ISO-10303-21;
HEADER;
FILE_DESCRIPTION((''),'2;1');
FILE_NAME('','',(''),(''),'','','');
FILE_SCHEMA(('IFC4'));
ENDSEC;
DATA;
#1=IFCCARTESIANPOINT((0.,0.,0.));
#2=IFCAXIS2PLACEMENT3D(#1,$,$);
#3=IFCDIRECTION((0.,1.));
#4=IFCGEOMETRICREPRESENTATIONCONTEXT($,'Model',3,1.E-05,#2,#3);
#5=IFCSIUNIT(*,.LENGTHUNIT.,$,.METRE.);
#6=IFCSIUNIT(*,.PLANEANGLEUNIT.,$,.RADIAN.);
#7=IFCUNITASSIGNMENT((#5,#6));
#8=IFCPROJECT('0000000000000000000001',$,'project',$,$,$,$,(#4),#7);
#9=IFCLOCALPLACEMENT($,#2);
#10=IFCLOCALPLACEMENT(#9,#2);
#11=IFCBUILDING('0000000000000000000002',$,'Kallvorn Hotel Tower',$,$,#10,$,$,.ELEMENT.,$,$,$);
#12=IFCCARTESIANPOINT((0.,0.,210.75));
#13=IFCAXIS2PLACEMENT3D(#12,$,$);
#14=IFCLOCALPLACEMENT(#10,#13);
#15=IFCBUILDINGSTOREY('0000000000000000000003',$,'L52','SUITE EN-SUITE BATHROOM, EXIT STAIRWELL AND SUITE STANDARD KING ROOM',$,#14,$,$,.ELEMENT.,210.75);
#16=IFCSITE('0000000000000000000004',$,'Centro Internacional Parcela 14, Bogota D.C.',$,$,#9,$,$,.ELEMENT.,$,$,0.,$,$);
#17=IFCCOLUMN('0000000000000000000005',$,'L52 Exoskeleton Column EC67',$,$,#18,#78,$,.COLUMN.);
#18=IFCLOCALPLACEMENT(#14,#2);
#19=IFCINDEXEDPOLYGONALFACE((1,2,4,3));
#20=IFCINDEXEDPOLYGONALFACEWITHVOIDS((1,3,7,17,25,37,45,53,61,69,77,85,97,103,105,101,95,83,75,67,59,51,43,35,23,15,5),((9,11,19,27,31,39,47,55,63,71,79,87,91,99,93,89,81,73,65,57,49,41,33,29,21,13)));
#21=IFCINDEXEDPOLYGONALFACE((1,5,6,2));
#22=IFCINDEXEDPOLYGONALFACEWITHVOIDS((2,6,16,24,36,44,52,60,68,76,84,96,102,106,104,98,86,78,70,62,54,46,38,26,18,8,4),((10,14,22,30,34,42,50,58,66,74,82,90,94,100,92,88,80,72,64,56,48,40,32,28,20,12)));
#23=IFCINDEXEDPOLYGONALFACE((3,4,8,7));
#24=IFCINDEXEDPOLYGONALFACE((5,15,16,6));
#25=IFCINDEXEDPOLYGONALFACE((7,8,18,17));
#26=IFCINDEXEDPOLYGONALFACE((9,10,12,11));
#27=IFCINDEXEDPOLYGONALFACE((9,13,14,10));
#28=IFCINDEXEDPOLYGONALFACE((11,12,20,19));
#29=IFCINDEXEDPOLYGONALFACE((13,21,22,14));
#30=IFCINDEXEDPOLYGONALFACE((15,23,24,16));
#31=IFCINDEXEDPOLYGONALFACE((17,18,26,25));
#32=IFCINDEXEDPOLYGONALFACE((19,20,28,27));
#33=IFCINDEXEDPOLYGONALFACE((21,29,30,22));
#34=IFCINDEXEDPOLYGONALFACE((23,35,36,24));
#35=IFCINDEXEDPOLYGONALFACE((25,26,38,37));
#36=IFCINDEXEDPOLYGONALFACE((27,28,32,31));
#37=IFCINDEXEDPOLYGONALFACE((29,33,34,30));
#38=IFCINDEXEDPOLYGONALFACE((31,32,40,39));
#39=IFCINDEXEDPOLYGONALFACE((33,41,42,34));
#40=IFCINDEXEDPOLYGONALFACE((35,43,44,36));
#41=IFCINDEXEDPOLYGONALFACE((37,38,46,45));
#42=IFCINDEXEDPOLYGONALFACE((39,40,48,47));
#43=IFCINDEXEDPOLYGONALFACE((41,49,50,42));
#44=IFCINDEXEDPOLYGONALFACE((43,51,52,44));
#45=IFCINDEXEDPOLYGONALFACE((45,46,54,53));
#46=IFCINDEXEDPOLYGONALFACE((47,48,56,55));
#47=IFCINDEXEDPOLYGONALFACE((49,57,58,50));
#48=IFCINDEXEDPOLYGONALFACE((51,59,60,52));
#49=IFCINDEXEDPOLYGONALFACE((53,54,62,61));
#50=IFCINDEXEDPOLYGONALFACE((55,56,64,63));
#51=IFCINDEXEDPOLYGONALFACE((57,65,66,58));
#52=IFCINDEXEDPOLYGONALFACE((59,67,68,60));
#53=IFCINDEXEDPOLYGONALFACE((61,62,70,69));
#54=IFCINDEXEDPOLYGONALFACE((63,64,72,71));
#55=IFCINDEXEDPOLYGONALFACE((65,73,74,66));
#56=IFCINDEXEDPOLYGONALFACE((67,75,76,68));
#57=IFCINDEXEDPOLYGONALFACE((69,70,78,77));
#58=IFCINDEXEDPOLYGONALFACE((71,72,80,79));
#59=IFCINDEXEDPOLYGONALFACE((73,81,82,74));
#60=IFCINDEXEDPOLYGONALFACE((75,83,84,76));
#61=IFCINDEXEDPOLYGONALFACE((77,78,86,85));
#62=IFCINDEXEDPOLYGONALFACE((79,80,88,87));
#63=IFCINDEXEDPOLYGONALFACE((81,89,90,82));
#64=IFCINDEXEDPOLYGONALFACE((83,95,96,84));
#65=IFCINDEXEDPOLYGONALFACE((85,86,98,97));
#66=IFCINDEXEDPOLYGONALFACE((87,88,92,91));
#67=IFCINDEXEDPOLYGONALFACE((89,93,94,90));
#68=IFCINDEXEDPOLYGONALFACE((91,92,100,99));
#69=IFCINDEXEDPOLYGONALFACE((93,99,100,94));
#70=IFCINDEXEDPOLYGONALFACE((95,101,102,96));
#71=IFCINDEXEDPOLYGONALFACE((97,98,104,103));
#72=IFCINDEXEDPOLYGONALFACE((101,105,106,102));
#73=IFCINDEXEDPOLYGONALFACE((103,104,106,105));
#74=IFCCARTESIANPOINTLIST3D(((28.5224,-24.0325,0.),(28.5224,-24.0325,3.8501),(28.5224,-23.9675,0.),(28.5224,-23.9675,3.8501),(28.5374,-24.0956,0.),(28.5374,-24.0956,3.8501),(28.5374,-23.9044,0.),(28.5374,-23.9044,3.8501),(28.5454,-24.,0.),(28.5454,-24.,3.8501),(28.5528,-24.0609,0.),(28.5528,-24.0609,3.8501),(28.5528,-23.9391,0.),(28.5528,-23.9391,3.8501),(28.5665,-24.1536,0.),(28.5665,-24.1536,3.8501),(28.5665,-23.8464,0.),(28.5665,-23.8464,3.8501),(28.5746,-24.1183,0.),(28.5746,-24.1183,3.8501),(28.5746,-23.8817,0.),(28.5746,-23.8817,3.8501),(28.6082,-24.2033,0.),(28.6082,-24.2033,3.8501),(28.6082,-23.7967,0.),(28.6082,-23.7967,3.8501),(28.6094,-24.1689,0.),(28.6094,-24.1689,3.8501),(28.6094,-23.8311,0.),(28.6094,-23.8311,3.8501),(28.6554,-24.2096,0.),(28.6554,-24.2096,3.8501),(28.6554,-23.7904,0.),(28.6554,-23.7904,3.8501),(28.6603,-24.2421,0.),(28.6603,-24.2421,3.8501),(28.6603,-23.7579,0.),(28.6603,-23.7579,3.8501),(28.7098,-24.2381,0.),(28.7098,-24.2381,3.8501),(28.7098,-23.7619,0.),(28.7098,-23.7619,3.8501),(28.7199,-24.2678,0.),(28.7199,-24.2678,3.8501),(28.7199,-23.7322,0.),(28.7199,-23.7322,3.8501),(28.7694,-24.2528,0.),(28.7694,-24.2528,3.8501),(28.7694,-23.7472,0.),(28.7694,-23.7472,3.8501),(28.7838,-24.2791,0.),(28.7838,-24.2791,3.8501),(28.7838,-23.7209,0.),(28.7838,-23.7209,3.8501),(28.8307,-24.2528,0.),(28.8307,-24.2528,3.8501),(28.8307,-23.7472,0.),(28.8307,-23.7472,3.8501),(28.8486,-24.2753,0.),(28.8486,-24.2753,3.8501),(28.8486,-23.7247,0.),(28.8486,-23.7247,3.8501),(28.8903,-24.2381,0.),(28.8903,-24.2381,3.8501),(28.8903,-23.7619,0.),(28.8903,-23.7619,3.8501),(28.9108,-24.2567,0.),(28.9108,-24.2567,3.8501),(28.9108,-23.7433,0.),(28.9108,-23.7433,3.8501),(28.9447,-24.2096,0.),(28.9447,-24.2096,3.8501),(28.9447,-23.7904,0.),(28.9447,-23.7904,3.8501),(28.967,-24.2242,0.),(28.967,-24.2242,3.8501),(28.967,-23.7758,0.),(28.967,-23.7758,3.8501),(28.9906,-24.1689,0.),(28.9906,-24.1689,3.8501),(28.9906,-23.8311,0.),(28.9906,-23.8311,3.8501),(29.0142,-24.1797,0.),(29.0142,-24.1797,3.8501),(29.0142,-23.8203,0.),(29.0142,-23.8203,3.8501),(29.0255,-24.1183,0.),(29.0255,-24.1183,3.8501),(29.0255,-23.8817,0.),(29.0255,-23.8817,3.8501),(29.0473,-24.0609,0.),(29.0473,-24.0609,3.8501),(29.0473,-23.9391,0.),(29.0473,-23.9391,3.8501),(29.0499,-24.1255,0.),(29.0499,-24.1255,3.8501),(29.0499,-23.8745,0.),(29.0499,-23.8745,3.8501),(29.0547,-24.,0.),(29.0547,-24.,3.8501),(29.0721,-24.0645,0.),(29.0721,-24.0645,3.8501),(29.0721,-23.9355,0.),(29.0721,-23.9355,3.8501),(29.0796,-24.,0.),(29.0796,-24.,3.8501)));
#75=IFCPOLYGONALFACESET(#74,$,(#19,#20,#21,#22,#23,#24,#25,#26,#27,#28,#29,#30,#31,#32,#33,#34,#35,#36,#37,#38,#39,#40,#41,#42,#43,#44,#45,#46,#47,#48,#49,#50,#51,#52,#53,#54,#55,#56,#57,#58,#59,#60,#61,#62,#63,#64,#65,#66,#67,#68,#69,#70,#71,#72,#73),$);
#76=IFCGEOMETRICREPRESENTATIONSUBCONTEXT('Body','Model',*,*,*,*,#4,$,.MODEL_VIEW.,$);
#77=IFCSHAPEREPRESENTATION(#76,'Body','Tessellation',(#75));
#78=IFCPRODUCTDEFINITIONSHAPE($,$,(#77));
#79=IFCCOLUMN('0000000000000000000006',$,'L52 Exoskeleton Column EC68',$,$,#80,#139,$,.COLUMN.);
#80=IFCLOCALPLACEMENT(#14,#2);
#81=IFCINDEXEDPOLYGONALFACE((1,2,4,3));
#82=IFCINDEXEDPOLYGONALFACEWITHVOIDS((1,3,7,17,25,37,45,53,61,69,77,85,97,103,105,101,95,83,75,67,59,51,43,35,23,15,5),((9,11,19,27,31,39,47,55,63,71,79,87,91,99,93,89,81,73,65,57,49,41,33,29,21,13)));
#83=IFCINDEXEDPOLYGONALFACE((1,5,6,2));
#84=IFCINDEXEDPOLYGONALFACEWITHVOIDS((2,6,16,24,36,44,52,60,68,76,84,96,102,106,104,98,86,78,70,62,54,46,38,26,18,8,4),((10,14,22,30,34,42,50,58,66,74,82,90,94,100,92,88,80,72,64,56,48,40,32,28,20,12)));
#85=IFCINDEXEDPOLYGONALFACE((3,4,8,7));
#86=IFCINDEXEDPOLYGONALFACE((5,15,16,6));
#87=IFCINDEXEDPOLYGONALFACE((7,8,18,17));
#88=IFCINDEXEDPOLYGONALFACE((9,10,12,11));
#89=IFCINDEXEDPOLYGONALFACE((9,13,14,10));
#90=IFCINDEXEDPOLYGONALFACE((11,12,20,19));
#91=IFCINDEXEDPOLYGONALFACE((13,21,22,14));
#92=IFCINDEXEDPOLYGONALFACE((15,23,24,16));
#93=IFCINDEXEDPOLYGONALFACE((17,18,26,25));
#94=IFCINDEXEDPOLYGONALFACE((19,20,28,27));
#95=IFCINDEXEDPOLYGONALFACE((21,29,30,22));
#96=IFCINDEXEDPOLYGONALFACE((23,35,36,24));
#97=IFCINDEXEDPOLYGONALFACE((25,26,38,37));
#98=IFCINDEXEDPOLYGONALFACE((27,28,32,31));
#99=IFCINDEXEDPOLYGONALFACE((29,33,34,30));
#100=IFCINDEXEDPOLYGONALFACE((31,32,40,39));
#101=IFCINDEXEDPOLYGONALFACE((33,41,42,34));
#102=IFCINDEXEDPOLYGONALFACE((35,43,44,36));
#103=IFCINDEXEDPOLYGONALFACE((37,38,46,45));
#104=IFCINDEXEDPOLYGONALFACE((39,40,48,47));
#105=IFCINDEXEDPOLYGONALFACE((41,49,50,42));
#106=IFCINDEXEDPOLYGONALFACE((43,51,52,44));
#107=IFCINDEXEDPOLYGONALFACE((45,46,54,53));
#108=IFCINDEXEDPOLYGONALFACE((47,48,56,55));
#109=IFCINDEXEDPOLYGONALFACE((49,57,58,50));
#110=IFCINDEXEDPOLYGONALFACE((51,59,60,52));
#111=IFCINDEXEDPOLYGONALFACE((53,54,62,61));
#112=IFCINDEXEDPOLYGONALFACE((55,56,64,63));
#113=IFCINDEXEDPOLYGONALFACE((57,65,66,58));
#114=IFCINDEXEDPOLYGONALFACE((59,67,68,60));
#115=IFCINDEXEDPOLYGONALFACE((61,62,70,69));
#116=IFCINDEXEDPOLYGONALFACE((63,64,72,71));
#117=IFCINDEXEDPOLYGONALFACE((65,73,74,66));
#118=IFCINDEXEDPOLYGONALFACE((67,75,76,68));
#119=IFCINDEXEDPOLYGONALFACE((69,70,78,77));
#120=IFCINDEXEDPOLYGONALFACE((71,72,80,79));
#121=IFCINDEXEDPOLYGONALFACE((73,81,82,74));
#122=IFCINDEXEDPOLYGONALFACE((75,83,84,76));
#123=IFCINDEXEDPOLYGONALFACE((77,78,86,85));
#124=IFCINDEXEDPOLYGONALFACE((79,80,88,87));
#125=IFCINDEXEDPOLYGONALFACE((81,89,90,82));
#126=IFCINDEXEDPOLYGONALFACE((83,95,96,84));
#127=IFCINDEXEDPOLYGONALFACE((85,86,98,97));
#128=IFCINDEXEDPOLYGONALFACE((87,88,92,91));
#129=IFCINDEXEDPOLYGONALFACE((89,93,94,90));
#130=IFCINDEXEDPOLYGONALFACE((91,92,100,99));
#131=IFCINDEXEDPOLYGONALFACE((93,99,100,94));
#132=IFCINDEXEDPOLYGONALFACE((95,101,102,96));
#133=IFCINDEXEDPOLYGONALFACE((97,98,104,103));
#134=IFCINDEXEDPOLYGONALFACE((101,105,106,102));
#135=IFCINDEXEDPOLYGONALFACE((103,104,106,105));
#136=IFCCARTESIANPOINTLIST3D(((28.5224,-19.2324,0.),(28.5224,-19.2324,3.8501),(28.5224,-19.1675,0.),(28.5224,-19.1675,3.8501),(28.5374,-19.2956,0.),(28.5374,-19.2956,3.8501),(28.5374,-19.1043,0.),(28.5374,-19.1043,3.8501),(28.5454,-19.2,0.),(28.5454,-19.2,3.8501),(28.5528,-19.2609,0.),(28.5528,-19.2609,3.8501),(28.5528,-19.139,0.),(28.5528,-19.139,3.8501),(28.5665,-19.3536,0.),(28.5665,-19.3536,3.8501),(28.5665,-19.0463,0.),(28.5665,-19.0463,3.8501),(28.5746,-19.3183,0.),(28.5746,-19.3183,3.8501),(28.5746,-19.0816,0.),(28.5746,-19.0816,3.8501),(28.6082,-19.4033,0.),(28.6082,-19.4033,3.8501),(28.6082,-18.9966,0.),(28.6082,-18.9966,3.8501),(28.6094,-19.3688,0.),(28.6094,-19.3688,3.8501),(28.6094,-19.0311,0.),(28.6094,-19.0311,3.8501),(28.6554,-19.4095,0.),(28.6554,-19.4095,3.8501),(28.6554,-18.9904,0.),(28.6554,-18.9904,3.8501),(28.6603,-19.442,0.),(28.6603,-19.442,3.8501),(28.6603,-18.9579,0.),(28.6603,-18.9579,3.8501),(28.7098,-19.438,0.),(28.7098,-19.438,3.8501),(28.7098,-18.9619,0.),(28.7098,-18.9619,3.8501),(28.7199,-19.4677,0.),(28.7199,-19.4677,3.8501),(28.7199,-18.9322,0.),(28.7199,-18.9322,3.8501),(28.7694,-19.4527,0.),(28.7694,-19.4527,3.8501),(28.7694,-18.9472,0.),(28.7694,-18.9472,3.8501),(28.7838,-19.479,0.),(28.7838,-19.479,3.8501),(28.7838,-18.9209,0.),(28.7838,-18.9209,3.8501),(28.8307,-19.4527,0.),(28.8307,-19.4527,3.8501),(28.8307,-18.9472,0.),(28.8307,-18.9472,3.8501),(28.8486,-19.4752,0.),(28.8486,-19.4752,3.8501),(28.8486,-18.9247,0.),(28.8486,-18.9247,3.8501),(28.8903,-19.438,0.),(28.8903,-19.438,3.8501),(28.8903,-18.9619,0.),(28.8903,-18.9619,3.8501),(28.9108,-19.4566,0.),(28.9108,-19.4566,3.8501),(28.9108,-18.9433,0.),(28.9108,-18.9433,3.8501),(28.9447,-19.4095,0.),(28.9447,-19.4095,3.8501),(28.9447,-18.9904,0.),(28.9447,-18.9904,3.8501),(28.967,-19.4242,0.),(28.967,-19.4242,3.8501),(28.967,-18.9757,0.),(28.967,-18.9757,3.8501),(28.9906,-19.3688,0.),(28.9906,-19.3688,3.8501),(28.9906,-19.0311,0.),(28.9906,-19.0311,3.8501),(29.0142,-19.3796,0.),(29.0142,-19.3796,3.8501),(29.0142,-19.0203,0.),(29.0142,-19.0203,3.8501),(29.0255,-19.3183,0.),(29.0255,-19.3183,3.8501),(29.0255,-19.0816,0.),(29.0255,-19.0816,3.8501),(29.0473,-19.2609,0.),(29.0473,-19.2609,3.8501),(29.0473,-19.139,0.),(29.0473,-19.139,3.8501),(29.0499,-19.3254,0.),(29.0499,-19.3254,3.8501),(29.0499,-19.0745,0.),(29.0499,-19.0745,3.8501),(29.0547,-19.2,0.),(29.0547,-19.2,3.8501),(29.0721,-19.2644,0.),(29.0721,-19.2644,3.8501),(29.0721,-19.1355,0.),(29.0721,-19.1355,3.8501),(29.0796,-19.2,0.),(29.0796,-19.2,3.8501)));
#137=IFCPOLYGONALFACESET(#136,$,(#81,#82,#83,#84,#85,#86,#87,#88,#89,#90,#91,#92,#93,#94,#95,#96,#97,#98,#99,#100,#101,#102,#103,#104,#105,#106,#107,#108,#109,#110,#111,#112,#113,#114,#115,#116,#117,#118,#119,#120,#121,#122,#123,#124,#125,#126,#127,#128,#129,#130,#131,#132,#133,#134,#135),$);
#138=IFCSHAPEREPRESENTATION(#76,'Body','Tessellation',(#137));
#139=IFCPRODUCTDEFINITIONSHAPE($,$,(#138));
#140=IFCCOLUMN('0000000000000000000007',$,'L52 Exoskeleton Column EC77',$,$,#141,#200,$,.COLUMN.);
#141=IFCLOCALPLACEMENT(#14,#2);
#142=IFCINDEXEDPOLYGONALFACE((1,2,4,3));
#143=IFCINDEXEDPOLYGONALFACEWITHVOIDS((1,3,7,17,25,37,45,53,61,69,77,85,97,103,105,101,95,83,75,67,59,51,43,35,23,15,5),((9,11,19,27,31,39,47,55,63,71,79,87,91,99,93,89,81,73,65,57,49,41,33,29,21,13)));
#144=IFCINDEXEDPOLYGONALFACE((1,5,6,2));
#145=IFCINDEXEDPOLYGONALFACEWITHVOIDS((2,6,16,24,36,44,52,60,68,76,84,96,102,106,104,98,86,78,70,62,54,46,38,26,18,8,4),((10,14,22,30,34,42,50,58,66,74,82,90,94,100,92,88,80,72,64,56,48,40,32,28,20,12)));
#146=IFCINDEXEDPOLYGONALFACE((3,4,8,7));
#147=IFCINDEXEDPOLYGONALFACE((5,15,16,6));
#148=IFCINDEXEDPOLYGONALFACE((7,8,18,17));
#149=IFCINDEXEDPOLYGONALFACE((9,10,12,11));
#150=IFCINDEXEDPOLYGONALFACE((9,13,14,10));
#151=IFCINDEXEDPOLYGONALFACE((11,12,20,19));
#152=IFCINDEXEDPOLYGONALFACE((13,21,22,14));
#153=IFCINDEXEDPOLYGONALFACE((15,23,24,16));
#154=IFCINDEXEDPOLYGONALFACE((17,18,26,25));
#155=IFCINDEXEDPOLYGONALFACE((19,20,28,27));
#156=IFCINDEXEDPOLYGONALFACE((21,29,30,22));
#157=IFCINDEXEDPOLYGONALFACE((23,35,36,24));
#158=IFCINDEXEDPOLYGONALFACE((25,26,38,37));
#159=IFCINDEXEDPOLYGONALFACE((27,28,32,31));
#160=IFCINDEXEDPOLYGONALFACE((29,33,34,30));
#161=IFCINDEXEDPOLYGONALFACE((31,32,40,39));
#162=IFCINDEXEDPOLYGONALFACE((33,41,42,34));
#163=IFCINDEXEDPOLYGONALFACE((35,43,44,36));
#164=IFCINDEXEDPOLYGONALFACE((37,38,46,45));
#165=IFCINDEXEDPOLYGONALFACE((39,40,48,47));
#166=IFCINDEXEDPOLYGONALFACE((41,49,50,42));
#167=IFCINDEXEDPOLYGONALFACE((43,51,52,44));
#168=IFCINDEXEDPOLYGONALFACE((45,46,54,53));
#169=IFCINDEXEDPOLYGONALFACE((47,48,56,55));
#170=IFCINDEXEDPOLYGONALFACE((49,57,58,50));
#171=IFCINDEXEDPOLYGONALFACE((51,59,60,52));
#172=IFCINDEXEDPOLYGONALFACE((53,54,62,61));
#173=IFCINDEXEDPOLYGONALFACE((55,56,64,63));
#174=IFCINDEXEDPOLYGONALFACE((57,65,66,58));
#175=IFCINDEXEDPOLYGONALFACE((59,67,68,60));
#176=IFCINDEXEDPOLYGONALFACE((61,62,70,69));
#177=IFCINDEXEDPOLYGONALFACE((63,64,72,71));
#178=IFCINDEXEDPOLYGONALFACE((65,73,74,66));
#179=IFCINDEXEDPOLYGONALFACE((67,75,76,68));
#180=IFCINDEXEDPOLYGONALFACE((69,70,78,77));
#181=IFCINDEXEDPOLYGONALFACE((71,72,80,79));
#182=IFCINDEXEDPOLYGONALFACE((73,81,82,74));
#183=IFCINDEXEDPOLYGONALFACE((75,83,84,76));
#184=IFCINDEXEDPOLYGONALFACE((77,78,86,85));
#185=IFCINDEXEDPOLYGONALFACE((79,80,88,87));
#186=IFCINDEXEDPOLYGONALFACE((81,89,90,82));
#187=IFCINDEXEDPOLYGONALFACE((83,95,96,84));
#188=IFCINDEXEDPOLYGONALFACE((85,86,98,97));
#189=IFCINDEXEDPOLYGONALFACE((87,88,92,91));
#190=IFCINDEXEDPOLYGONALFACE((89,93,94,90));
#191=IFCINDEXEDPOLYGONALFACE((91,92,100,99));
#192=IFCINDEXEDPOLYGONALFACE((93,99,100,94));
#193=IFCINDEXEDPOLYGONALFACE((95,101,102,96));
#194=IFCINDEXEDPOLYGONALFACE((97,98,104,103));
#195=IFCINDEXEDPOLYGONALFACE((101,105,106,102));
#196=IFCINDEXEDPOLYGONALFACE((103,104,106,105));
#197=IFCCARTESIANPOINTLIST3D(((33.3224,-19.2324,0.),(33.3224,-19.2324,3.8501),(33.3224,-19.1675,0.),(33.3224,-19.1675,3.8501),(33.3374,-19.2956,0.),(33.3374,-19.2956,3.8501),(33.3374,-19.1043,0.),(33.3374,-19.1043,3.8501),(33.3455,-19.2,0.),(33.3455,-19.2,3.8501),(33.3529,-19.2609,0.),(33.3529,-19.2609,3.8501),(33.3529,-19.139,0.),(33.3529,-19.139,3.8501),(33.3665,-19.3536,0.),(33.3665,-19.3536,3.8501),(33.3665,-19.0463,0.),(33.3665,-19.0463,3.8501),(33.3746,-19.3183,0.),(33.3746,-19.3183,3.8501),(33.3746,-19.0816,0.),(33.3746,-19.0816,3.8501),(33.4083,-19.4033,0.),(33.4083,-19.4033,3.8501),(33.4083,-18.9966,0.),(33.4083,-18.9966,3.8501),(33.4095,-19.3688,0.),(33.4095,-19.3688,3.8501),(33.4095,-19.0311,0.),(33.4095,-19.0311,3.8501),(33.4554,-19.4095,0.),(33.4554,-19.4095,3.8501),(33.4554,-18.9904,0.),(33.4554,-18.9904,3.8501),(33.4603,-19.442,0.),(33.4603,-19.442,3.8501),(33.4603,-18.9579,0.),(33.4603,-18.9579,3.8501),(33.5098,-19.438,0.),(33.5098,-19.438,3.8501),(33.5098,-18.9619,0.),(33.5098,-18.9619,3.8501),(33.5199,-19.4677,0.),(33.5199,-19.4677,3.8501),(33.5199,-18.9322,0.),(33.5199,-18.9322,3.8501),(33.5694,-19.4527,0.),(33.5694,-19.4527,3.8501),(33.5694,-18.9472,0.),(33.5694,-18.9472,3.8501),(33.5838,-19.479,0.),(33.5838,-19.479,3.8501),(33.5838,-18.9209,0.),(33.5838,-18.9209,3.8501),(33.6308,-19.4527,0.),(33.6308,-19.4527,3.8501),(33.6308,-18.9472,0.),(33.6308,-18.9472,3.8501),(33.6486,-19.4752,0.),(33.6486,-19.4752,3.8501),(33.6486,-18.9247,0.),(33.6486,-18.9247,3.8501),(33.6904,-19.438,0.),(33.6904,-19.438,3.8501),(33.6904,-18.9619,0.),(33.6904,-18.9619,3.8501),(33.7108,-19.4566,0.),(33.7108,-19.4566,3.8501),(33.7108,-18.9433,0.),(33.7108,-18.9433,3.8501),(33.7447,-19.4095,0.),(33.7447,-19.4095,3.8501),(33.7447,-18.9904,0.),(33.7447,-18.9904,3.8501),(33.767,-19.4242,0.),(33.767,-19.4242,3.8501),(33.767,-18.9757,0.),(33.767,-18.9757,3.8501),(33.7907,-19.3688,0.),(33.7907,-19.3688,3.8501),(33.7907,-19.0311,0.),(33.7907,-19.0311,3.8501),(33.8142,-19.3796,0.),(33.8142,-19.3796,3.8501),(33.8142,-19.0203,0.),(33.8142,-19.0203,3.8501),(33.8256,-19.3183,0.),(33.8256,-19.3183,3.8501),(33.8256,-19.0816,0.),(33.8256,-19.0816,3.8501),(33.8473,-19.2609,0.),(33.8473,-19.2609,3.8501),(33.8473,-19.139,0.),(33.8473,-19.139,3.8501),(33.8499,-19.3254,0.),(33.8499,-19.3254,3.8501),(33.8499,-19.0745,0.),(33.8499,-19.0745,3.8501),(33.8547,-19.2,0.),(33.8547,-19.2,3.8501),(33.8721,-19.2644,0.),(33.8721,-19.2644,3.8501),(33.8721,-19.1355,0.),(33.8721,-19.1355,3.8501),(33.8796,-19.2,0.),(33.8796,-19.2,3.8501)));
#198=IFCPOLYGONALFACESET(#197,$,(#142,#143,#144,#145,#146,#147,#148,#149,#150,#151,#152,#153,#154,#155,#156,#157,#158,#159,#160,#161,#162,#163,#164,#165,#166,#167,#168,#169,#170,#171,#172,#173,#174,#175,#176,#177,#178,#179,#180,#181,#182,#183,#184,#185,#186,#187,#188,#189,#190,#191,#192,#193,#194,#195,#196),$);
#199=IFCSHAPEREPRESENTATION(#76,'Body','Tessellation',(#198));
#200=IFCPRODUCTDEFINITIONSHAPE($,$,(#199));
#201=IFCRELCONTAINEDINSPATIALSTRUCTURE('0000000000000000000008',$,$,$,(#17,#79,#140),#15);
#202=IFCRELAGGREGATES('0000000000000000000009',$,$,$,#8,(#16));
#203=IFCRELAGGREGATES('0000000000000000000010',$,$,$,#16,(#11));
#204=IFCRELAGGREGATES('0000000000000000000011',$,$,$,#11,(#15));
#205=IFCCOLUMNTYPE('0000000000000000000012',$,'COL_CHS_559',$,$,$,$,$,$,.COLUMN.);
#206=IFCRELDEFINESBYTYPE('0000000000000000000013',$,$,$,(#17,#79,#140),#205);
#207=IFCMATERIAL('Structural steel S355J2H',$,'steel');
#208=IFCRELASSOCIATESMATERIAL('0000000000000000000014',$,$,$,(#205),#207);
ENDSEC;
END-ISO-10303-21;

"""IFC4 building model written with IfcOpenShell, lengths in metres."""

from ifc_helpers import new_model, si_unit, direction, frame, origin, origin_2d, place, context, subcontext, project, spatial, hollow_circle, extrude, material, material_profile, profile_set, type_object, element, save


model = new_model("IFC4")

# Units and contexts
model_context = context("Model", 3, precision=1e-05, world=origin(), true_north=direction((0.0, 1.0)))
body_context = subcontext(model_context, "Body", "Model", "MODEL_VIEW")
ifc_project = project(units=[si_unit("LENGTHUNIT", "METRE"), si_unit("PLANEANGLEUNIT", "RADIAN")], contexts=[model_context])

# Site, building, storey
site_placement = place(None, origin())
site = spatial("IfcSite", under=ifc_project, at=site_placement, Name="Centro Internacional Parcela 14, Bogota D.C.", CompositionType="ELEMENT", RefElevation=0.0)
building_placement = place(site_placement, origin())
building = spatial("IfcBuilding", under=site, at=building_placement, Name="Kallvorn Hotel Tower", CompositionType="ELEMENT")
storey_placement = place(building_placement, frame((0.0, 0.0, 210.75)))
storey = spatial("IfcBuildingStorey", under=building, at=storey_placement, Name="L52", Description="SUITE EN-SUITE BATHROOM, EXIT STAIRWELL AND SUITE STANDARD KING ROOM", CompositionType="ELEMENT", Elevation=210.75)

# Columns
ifc_material_1 = material(Name="Structural steel S355J2H", Category="steel")
ifc_material_profile_1 = material_profile(ifc_material_1, hollow_circle(Radius=0.2795, WallThickness=0.0249, at=origin_2d()), Name="CHS 559x25")
ifc_profile_set_1 = profile_set([ifc_material_profile_1], Name="Structural steel S355J2H")
column_type = type_object("IfcColumnType", Name="COL_CHS_559", PredefinedType="COLUMN", material=ifc_profile_set_1)
for number, where, z_axis, x_axis, name in (
    (1, (28.8, -24.0, 0.0), (0.0, 0.0, 1.0), (1.0, 0.0, 0.0), "L52 Exoskeleton Column EC67"),
    (2, (28.8, -19.2, 0.0), (0.0, 0.0, 1.0), (1.0, 0.0, 0.0), "L52 Exoskeleton Column EC68"),
    (3, (33.6001, -19.2, 0.0), (0.0, 0.0, 1.0), (1.0, 0.0, 0.0), "L52 Exoskeleton Column EC77"),
):
    element("IfcColumn", number, at=place(storey_placement, frame(where, z_axis=z_axis, x_axis=x_axis)), inside=storey, type_object=column_type, Name=name, PredefinedType="COLUMN", context=body_context, shape_type="SweptSolid", body=[
        extrude(hollow_circle(Radius=0.2795, WallThickness=0.0249, at=origin_2d()), origin(), (0.0, 0.0, 1.0), 3.8501),
    ])

save(model, "model.ifc")
